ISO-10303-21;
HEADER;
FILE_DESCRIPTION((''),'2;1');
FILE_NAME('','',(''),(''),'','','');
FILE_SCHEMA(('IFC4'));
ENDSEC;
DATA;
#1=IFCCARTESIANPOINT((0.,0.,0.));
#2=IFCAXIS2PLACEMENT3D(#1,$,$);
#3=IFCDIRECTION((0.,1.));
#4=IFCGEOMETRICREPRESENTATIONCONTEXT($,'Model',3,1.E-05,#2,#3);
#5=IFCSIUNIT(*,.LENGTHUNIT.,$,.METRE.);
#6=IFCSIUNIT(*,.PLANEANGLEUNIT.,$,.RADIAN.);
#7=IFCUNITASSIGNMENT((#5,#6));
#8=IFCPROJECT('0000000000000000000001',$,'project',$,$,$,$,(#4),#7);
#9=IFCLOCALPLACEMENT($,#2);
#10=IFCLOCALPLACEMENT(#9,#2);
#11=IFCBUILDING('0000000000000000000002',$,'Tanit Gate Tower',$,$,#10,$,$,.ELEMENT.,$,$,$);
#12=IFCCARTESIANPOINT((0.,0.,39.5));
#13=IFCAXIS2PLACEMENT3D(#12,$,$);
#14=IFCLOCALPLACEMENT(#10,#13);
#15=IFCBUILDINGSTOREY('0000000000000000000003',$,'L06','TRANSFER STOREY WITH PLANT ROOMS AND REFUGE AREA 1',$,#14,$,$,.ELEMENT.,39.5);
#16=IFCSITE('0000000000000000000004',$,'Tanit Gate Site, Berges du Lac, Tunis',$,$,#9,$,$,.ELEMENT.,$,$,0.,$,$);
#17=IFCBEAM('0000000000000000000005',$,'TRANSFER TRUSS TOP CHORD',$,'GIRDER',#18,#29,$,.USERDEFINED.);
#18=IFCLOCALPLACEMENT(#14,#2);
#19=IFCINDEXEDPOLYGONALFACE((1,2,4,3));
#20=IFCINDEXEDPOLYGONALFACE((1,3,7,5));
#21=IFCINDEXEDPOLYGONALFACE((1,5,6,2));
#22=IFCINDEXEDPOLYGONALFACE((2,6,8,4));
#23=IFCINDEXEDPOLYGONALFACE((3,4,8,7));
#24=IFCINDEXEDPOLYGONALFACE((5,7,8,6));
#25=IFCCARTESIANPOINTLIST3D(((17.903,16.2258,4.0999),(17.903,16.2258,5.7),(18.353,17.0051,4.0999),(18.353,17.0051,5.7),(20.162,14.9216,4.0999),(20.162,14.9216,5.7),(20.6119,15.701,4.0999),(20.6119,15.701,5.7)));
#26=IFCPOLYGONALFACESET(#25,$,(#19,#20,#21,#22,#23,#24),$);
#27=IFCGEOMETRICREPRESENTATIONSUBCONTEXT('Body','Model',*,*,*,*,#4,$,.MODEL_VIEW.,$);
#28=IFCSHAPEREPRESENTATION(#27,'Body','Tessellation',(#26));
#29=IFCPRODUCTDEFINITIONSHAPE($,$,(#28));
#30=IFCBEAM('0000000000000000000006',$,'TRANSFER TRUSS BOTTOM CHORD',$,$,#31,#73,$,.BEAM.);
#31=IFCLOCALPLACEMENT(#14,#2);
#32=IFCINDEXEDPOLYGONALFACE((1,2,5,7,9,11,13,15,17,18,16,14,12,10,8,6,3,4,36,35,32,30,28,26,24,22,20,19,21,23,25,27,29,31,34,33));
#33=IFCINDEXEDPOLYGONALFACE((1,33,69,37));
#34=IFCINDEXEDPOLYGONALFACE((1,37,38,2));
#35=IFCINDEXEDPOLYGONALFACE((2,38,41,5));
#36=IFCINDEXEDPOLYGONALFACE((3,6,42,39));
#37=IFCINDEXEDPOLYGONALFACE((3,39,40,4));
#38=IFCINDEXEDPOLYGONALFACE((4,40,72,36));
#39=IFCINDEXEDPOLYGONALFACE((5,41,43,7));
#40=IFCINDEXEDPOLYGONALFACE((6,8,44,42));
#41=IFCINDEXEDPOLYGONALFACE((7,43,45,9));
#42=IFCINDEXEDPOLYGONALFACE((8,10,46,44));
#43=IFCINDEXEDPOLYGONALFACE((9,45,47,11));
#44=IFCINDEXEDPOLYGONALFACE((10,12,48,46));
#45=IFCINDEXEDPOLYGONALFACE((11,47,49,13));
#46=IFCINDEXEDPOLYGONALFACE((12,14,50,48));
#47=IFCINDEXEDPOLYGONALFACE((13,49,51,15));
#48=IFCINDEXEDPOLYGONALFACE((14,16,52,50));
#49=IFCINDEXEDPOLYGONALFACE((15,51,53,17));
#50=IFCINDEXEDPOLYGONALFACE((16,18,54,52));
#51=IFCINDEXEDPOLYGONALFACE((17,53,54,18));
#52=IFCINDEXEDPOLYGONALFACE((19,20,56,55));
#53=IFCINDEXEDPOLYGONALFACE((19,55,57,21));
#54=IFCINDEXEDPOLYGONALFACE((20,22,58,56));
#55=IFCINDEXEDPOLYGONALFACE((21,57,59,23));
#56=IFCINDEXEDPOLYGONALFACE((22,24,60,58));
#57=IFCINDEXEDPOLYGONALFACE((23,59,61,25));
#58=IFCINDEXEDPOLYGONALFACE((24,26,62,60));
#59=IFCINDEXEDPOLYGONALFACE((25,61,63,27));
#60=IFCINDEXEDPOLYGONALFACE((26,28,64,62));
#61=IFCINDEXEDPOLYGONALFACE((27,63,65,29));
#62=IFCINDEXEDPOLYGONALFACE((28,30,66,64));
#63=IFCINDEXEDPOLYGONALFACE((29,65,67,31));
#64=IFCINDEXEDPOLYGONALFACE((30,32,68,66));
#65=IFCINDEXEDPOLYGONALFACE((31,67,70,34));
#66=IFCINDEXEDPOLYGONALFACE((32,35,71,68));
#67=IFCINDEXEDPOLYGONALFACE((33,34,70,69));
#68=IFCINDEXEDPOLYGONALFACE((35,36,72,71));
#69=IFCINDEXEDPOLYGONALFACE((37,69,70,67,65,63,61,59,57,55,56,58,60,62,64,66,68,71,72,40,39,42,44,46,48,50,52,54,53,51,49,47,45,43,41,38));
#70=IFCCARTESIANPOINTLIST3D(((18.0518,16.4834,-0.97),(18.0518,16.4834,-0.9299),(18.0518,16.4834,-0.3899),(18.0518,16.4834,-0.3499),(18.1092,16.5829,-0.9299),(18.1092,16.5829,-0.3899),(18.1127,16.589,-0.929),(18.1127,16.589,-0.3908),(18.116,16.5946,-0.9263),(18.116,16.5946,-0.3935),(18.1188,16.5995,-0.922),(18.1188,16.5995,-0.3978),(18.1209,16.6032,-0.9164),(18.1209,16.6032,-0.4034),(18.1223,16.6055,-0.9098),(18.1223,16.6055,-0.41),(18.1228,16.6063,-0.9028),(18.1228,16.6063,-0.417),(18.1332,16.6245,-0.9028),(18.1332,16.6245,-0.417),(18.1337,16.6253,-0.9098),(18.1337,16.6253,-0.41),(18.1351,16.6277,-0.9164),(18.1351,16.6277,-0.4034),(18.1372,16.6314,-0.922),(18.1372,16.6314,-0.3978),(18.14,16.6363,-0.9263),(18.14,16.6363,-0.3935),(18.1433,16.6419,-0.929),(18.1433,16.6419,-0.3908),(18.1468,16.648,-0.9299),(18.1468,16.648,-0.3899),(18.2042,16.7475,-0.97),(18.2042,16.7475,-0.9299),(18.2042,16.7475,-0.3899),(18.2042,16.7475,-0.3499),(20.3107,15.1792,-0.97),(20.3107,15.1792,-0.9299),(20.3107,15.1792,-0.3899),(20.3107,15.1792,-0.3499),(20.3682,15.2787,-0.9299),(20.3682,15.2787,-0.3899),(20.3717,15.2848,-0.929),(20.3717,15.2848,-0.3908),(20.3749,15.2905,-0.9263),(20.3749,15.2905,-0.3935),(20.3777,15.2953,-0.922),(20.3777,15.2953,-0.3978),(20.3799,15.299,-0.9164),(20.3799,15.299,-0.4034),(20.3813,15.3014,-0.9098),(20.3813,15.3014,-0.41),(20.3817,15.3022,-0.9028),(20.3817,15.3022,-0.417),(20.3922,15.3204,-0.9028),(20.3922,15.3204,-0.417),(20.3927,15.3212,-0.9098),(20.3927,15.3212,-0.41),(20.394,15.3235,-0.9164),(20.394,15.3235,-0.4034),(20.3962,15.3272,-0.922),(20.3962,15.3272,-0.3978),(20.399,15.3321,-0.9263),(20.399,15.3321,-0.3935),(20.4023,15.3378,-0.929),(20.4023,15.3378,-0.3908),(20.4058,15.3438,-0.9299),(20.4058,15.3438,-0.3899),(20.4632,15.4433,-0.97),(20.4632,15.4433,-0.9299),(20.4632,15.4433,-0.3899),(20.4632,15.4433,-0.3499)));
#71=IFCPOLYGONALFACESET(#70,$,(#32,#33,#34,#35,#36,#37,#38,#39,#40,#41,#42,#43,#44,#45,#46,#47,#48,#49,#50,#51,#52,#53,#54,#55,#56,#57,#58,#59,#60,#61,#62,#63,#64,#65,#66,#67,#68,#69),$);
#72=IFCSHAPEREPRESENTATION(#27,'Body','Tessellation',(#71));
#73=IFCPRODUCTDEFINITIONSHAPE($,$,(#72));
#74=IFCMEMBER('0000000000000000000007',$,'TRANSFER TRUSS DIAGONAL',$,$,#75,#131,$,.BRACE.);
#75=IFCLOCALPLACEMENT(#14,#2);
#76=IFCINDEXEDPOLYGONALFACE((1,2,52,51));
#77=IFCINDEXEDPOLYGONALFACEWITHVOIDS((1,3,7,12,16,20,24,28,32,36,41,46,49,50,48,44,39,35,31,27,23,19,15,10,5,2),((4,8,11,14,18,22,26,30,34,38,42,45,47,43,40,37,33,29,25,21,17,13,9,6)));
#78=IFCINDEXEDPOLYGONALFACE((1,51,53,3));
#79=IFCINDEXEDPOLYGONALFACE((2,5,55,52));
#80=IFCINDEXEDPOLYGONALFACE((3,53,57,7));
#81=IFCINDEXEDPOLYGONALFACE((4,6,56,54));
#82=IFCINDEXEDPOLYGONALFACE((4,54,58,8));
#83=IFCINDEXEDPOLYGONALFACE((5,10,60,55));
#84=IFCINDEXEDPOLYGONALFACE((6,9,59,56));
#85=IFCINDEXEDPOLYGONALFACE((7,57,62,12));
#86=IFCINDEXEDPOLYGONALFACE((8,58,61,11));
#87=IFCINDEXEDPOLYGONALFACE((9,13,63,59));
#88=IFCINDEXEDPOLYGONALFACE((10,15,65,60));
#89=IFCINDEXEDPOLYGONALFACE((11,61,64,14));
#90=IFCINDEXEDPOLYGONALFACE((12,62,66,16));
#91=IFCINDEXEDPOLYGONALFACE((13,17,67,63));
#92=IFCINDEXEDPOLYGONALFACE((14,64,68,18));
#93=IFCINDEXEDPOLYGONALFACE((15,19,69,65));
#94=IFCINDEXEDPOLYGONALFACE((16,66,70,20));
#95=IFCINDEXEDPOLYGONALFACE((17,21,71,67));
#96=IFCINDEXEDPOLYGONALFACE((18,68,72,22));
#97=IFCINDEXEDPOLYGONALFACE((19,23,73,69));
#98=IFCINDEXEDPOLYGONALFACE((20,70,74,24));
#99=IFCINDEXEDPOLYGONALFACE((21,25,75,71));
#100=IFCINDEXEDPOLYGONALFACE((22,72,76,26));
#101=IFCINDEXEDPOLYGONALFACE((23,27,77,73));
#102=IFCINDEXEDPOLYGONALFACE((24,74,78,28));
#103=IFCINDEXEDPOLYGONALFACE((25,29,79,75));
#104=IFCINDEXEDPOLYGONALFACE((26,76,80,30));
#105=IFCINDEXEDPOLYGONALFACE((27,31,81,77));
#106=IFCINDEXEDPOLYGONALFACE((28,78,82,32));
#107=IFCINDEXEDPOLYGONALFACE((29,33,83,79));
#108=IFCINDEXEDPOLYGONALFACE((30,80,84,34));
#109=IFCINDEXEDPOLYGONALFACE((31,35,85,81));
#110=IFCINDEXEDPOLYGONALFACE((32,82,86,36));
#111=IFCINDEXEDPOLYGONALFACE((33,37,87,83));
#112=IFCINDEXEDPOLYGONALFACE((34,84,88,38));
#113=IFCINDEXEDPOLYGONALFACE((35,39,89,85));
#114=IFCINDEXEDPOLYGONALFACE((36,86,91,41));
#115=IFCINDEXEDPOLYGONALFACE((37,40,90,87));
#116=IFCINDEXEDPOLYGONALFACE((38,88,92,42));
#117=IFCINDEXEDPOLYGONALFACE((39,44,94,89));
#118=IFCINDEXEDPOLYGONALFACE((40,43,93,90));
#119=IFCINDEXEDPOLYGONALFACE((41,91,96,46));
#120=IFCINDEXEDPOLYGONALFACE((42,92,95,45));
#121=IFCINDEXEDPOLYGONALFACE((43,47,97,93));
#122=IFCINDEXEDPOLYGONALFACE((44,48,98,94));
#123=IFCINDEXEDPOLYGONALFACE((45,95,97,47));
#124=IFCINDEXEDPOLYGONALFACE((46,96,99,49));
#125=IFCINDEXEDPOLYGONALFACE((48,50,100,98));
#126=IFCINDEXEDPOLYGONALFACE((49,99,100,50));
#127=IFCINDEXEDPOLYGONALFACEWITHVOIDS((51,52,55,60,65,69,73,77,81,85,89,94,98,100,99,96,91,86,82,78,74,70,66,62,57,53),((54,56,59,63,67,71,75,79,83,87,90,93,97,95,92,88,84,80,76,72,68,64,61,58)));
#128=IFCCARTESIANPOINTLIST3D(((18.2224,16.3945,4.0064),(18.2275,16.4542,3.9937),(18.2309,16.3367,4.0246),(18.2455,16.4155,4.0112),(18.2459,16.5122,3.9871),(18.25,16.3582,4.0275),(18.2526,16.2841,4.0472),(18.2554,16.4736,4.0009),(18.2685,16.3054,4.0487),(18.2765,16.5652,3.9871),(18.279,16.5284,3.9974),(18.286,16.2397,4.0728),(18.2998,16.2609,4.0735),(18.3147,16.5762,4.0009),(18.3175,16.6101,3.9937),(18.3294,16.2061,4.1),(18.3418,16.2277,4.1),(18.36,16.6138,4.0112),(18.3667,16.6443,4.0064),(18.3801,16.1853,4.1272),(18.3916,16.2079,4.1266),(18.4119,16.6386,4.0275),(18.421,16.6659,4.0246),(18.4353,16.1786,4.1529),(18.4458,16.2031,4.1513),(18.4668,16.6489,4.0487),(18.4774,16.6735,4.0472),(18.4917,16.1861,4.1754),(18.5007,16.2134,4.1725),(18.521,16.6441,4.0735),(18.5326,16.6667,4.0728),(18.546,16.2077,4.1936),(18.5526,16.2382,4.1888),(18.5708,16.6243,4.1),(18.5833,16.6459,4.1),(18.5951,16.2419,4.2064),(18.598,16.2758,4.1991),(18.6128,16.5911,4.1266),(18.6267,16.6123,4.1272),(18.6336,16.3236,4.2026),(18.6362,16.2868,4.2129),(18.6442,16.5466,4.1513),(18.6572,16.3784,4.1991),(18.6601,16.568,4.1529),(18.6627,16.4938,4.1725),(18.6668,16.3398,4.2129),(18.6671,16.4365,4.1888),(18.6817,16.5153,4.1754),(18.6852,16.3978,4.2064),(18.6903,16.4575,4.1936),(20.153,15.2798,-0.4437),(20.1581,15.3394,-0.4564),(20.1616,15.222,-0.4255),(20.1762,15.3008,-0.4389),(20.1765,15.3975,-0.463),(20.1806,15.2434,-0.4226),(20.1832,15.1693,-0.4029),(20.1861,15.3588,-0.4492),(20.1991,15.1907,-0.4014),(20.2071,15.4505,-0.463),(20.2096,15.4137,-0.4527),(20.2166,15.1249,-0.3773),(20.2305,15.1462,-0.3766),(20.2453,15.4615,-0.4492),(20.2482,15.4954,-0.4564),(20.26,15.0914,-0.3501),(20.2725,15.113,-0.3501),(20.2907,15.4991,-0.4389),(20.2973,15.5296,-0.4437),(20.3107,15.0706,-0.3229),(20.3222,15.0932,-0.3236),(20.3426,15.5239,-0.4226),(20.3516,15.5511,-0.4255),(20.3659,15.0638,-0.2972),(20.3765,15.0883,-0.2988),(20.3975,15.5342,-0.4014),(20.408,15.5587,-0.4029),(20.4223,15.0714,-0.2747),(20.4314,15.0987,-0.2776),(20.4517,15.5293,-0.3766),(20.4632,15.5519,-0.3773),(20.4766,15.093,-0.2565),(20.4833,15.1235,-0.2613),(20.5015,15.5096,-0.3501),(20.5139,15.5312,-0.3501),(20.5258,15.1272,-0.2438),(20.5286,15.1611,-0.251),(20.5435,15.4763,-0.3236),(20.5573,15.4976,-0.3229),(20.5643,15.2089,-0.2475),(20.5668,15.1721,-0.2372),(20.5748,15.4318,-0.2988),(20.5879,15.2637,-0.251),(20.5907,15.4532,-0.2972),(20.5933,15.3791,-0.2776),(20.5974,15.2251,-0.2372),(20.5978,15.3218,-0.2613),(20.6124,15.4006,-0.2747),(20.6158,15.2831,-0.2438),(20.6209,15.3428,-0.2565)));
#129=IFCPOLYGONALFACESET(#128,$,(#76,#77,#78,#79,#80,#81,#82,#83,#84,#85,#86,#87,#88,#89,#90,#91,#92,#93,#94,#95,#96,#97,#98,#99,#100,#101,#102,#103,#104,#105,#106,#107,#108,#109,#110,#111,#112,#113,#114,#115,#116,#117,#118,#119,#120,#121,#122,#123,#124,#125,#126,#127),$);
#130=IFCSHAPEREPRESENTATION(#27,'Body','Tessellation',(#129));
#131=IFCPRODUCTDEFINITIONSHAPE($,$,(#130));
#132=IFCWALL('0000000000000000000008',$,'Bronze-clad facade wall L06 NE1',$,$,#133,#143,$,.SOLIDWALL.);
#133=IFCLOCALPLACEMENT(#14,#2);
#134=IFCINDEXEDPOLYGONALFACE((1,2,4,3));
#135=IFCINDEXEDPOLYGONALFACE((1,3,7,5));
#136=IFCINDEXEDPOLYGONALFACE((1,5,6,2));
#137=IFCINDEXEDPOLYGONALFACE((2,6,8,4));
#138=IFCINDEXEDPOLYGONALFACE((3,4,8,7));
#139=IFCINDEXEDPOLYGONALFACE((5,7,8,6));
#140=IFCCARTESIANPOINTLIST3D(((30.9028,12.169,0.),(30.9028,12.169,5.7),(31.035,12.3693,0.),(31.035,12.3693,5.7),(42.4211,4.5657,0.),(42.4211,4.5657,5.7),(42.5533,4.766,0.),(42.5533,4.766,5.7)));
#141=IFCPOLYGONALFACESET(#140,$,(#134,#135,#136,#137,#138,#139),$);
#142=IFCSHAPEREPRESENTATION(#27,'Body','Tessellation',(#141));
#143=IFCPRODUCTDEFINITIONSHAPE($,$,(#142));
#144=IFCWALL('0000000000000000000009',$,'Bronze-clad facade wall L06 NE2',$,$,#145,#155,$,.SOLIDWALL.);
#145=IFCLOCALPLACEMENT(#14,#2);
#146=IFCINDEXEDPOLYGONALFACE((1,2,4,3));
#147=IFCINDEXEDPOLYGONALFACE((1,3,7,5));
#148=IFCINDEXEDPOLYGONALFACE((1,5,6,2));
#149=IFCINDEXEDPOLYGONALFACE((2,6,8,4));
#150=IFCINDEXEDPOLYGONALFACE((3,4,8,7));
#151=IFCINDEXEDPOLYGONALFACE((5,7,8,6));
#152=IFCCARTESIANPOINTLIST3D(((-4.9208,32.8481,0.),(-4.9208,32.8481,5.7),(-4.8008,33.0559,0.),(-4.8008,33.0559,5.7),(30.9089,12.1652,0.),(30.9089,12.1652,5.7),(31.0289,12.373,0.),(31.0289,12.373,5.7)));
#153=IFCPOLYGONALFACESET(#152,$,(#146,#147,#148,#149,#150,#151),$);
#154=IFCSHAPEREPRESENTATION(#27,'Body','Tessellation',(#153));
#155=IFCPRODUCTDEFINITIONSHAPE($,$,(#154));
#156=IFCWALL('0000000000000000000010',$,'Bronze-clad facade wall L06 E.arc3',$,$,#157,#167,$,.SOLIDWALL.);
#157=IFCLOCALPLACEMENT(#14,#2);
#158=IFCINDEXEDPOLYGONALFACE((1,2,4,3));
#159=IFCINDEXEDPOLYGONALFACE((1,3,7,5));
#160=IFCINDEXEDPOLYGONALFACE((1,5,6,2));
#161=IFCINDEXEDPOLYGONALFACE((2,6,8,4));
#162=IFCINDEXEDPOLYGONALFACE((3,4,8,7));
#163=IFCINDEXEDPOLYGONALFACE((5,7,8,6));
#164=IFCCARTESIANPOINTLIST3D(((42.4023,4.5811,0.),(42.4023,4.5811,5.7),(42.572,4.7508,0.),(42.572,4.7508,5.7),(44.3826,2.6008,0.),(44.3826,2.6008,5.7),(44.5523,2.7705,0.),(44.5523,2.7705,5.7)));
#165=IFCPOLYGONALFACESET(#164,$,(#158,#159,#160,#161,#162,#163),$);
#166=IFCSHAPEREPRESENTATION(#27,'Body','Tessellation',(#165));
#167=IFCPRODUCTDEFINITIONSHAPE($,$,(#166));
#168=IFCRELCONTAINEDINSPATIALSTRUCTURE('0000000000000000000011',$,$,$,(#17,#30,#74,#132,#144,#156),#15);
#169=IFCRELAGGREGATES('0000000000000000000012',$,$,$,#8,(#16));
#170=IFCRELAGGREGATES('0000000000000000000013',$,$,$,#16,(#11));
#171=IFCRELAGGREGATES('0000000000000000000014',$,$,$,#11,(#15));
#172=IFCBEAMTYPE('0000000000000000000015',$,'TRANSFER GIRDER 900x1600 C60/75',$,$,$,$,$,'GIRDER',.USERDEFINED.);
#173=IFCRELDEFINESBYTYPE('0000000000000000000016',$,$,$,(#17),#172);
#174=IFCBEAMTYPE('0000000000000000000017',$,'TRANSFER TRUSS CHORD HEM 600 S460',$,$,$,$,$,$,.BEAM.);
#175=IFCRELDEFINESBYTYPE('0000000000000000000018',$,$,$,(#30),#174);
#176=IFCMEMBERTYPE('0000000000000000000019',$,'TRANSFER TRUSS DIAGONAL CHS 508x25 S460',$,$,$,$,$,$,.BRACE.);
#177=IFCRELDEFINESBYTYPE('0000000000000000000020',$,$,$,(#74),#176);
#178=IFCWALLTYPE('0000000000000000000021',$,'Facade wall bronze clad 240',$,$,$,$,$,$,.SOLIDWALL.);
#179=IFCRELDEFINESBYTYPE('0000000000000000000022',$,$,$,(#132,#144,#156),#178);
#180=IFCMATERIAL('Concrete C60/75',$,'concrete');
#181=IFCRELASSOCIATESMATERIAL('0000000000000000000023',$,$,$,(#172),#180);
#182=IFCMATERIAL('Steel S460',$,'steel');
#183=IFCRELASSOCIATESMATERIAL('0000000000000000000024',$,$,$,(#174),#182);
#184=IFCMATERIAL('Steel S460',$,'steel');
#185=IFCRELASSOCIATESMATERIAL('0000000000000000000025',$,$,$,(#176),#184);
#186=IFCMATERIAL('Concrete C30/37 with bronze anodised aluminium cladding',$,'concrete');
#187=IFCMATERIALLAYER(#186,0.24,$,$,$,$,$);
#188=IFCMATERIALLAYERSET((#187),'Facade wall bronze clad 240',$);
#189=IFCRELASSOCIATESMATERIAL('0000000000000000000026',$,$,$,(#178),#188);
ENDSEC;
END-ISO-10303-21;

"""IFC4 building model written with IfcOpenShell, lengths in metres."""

from ifc_helpers import new_model, si_unit, direction, frame, frame_2d, origin, origin_2d, place, context, subcontext, project, spatial, rectangle, hollow_circle, i_section, extrude, material, layer, layer_set, material_profile, profile_set, type_object, element, save


model = new_model("IFC4")

# Units and contexts
model_context = context("Model", 3, precision=1e-05, world=origin(), true_north=direction((0.0, 1.0)))
body_context = subcontext(model_context, "Body", "Model", "MODEL_VIEW")
ifc_project = project(units=[si_unit("LENGTHUNIT", "METRE"), si_unit("PLANEANGLEUNIT", "RADIAN")], contexts=[model_context])

# Site, building, storey
site_placement = place(None, origin())
site = spatial("IfcSite", under=ifc_project, at=site_placement, Name="Tanit Gate Site, Berges du Lac, Tunis", CompositionType="ELEMENT", RefElevation=0.0)
building_placement = place(site_placement, origin())
building = spatial("IfcBuilding", under=site, at=building_placement, Name="Tanit Gate Tower", CompositionType="ELEMENT")
storey_placement = place(building_placement, frame((0.0, 0.0, 39.5)))
storey = spatial("IfcBuildingStorey", under=building, at=storey_placement, Name="L06", Description="TRANSFER STOREY WITH PLANT ROOMS AND REFUGE AREA 1", CompositionType="ELEMENT", Elevation=39.5)

# Beams
ifc_material_1 = material(Name="Concrete C60/75", Category="concrete")
ifc_material_profile_1 = material_profile(ifc_material_1, rectangle(XDim=0.8999, YDim=1.6001, at=origin_2d()), Name="RC 900x1600")
ifc_profile_set_1 = profile_set([ifc_material_profile_1], Name="Concrete C60/75")
beam_type_1 = type_object("IfcBeamType", Name="TRANSFER GIRDER 900x1600 C60/75", ElementType="GIRDER", PredefinedType="USERDEFINED", material=ifc_profile_set_1)
beam_1_placement = place(storey_placement, frame((20.387, 15.3113, 4.8999), z_axis=(-0.866034, 0.499984, 0.0), x_axis=(-0.499984, -0.866034, 0.0)))
element("IfcBeam", 1, at=beam_1_placement, inside=storey, type_object=beam_type_1, Name="TRANSFER TRUSS TOP CHORD", ObjectType="GIRDER", PredefinedType="USERDEFINED", context=body_context, shape_type="SweptSolid", body=[
    extrude(rectangle(XDim=0.8999, YDim=1.6001, at=origin_2d()), origin(), (0.0, 0.0, 1.0), 2.6084),
])
ifc_material_2 = material(Name="Steel S460", Category="steel")
ifc_material_profile_2 = material_profile(ifc_material_2, i_section(OverallWidth=0.3049, OverallDepth=0.6201, WebThickness=0.021, FlangeThickness=0.04, FilletRadius=0.0271, at=origin_2d()), Name="HEM 600")
ifc_profile_set_2 = profile_set([ifc_material_profile_2], Name="Steel S460")
beam_type_2 = type_object("IfcBeamType", Name="TRANSFER TRUSS CHORD HEM 600 S460", PredefinedType="BEAM", material=ifc_profile_set_2)
beam_2_placement = place(storey_placement, frame((20.387, 15.3113, -0.6599), z_axis=(-0.866034, 0.499984, 0.0), x_axis=(-0.499984, -0.866034, 0.0)))
element("IfcBeam", 2, at=beam_2_placement, inside=storey, type_object=beam_type_2, Name="TRANSFER TRUSS BOTTOM CHORD", PredefinedType="BEAM", context=body_context, shape_type="SweptSolid", body=[
    extrude(i_section(OverallWidth=0.3049, OverallDepth=0.6201, WebThickness=0.021, FlangeThickness=0.04, FilletRadius=0.0271, at=origin_2d()), origin(), (0.0, 0.0, 1.0), 2.6084),
])

# Member
ifc_material_3 = material(Name="Steel S460", Category="steel")
ifc_material_profile_3 = material_profile(ifc_material_3, hollow_circle(Radius=0.2539, WallThickness=0.0249, at=origin_2d()), Name="CHS 508x25")
ifc_profile_set_3 = profile_set([ifc_material_profile_3], Name="Steel S460")
member_type = type_object("IfcMemberType", Name="TRANSFER TRUSS DIAGONAL CHS 508x25 S460", PredefinedType="BRACE", material=ifc_profile_set_3)
member_placement = place(storey_placement, frame((20.387, 15.3113, -0.3501), z_axis=(-0.387887, 0.223962, 0.894083), x_axis=(-0.500026, -0.866011, 0.0)))
element("IfcMember", 3, at=member_placement, inside=storey, type_object=member_type, Name="TRANSFER TRUSS DIAGONAL", PredefinedType="BRACE", context=body_context, shape_type="SweptSolid", body=[
    extrude(hollow_circle(Radius=0.2539, WallThickness=0.0249, at=origin_2d()), origin(), (0.0, 0.0, 1.0), 4.9773),
])

# Walls
ifc_material_4 = material(Name="Concrete C30/37 with bronze anodised aluminium cladding", Category="concrete")
ifc_layer_1 = layer(ifc_material_4, 0.24)
ifc_layer_set_1 = layer_set([ifc_layer_1], Name="Facade wall bronze clad 240")
wall_type_1 = type_object("IfcWallType", Name="Facade wall bronze clad 240", PredefinedType="SOLIDWALL", material=ifc_layer_set_1)
wall_1_placement = place(storey_placement, frame((42.4873, 4.6658, 0.0), z_axis=(0.0, 0.0, 1.0), x_axis=(-0.83457, 0.550902, 0.0)))
element("IfcWall", 4, at=wall_1_placement, inside=storey, type_object=wall_type_1, Name="Bronze-clad facade wall L06 NE1", PredefinedType="SOLIDWALL", context=body_context, shape_type="SweptSolid", body=[
    extrude(rectangle(XDim=13.8015, YDim=0.24, at=frame_2d((6.9009, 0.0))), origin(), (0.0, 0.0, 1.0), 5.7),
])
wall_2_placement = place(storey_placement, frame((30.969, 12.269, 0.0), z_axis=(0.0, 0.0, 1.0), x_axis=(-0.866061, 0.499939, 0.0)))
element("IfcWall", 5, at=wall_2_placement, inside=storey, type_object=wall_type_1, Name="Bronze-clad facade wall L06 NE2", PredefinedType="SOLIDWALL", context=body_context, shape_type="SweptSolid", body=[
    extrude(rectangle(XDim=41.3708, YDim=0.24, at=frame_2d((20.6855, 0.0))), origin(), (0.0, 0.0, 1.0), 5.7),
])
wall_3_placement = place(storey_placement, frame((44.4675, 2.6855, 0.0), z_axis=(0.0, 0.0, 1.0), x_axis=(-0.707107, 0.707107, 0.0)))
element("IfcWall", 6, at=wall_3_placement, inside=storey, type_object=wall_type_1, Name="Bronze-clad facade wall L06 E.arc3", PredefinedType="SOLIDWALL", context=body_context, shape_type="SweptSolid", body=[
    extrude(rectangle(XDim=2.8005, YDim=0.24, at=frame_2d((1.4004, 0.0))), origin(), (0.0, 0.0, 1.0), 5.7),
])

save(model, "model.ifc")
